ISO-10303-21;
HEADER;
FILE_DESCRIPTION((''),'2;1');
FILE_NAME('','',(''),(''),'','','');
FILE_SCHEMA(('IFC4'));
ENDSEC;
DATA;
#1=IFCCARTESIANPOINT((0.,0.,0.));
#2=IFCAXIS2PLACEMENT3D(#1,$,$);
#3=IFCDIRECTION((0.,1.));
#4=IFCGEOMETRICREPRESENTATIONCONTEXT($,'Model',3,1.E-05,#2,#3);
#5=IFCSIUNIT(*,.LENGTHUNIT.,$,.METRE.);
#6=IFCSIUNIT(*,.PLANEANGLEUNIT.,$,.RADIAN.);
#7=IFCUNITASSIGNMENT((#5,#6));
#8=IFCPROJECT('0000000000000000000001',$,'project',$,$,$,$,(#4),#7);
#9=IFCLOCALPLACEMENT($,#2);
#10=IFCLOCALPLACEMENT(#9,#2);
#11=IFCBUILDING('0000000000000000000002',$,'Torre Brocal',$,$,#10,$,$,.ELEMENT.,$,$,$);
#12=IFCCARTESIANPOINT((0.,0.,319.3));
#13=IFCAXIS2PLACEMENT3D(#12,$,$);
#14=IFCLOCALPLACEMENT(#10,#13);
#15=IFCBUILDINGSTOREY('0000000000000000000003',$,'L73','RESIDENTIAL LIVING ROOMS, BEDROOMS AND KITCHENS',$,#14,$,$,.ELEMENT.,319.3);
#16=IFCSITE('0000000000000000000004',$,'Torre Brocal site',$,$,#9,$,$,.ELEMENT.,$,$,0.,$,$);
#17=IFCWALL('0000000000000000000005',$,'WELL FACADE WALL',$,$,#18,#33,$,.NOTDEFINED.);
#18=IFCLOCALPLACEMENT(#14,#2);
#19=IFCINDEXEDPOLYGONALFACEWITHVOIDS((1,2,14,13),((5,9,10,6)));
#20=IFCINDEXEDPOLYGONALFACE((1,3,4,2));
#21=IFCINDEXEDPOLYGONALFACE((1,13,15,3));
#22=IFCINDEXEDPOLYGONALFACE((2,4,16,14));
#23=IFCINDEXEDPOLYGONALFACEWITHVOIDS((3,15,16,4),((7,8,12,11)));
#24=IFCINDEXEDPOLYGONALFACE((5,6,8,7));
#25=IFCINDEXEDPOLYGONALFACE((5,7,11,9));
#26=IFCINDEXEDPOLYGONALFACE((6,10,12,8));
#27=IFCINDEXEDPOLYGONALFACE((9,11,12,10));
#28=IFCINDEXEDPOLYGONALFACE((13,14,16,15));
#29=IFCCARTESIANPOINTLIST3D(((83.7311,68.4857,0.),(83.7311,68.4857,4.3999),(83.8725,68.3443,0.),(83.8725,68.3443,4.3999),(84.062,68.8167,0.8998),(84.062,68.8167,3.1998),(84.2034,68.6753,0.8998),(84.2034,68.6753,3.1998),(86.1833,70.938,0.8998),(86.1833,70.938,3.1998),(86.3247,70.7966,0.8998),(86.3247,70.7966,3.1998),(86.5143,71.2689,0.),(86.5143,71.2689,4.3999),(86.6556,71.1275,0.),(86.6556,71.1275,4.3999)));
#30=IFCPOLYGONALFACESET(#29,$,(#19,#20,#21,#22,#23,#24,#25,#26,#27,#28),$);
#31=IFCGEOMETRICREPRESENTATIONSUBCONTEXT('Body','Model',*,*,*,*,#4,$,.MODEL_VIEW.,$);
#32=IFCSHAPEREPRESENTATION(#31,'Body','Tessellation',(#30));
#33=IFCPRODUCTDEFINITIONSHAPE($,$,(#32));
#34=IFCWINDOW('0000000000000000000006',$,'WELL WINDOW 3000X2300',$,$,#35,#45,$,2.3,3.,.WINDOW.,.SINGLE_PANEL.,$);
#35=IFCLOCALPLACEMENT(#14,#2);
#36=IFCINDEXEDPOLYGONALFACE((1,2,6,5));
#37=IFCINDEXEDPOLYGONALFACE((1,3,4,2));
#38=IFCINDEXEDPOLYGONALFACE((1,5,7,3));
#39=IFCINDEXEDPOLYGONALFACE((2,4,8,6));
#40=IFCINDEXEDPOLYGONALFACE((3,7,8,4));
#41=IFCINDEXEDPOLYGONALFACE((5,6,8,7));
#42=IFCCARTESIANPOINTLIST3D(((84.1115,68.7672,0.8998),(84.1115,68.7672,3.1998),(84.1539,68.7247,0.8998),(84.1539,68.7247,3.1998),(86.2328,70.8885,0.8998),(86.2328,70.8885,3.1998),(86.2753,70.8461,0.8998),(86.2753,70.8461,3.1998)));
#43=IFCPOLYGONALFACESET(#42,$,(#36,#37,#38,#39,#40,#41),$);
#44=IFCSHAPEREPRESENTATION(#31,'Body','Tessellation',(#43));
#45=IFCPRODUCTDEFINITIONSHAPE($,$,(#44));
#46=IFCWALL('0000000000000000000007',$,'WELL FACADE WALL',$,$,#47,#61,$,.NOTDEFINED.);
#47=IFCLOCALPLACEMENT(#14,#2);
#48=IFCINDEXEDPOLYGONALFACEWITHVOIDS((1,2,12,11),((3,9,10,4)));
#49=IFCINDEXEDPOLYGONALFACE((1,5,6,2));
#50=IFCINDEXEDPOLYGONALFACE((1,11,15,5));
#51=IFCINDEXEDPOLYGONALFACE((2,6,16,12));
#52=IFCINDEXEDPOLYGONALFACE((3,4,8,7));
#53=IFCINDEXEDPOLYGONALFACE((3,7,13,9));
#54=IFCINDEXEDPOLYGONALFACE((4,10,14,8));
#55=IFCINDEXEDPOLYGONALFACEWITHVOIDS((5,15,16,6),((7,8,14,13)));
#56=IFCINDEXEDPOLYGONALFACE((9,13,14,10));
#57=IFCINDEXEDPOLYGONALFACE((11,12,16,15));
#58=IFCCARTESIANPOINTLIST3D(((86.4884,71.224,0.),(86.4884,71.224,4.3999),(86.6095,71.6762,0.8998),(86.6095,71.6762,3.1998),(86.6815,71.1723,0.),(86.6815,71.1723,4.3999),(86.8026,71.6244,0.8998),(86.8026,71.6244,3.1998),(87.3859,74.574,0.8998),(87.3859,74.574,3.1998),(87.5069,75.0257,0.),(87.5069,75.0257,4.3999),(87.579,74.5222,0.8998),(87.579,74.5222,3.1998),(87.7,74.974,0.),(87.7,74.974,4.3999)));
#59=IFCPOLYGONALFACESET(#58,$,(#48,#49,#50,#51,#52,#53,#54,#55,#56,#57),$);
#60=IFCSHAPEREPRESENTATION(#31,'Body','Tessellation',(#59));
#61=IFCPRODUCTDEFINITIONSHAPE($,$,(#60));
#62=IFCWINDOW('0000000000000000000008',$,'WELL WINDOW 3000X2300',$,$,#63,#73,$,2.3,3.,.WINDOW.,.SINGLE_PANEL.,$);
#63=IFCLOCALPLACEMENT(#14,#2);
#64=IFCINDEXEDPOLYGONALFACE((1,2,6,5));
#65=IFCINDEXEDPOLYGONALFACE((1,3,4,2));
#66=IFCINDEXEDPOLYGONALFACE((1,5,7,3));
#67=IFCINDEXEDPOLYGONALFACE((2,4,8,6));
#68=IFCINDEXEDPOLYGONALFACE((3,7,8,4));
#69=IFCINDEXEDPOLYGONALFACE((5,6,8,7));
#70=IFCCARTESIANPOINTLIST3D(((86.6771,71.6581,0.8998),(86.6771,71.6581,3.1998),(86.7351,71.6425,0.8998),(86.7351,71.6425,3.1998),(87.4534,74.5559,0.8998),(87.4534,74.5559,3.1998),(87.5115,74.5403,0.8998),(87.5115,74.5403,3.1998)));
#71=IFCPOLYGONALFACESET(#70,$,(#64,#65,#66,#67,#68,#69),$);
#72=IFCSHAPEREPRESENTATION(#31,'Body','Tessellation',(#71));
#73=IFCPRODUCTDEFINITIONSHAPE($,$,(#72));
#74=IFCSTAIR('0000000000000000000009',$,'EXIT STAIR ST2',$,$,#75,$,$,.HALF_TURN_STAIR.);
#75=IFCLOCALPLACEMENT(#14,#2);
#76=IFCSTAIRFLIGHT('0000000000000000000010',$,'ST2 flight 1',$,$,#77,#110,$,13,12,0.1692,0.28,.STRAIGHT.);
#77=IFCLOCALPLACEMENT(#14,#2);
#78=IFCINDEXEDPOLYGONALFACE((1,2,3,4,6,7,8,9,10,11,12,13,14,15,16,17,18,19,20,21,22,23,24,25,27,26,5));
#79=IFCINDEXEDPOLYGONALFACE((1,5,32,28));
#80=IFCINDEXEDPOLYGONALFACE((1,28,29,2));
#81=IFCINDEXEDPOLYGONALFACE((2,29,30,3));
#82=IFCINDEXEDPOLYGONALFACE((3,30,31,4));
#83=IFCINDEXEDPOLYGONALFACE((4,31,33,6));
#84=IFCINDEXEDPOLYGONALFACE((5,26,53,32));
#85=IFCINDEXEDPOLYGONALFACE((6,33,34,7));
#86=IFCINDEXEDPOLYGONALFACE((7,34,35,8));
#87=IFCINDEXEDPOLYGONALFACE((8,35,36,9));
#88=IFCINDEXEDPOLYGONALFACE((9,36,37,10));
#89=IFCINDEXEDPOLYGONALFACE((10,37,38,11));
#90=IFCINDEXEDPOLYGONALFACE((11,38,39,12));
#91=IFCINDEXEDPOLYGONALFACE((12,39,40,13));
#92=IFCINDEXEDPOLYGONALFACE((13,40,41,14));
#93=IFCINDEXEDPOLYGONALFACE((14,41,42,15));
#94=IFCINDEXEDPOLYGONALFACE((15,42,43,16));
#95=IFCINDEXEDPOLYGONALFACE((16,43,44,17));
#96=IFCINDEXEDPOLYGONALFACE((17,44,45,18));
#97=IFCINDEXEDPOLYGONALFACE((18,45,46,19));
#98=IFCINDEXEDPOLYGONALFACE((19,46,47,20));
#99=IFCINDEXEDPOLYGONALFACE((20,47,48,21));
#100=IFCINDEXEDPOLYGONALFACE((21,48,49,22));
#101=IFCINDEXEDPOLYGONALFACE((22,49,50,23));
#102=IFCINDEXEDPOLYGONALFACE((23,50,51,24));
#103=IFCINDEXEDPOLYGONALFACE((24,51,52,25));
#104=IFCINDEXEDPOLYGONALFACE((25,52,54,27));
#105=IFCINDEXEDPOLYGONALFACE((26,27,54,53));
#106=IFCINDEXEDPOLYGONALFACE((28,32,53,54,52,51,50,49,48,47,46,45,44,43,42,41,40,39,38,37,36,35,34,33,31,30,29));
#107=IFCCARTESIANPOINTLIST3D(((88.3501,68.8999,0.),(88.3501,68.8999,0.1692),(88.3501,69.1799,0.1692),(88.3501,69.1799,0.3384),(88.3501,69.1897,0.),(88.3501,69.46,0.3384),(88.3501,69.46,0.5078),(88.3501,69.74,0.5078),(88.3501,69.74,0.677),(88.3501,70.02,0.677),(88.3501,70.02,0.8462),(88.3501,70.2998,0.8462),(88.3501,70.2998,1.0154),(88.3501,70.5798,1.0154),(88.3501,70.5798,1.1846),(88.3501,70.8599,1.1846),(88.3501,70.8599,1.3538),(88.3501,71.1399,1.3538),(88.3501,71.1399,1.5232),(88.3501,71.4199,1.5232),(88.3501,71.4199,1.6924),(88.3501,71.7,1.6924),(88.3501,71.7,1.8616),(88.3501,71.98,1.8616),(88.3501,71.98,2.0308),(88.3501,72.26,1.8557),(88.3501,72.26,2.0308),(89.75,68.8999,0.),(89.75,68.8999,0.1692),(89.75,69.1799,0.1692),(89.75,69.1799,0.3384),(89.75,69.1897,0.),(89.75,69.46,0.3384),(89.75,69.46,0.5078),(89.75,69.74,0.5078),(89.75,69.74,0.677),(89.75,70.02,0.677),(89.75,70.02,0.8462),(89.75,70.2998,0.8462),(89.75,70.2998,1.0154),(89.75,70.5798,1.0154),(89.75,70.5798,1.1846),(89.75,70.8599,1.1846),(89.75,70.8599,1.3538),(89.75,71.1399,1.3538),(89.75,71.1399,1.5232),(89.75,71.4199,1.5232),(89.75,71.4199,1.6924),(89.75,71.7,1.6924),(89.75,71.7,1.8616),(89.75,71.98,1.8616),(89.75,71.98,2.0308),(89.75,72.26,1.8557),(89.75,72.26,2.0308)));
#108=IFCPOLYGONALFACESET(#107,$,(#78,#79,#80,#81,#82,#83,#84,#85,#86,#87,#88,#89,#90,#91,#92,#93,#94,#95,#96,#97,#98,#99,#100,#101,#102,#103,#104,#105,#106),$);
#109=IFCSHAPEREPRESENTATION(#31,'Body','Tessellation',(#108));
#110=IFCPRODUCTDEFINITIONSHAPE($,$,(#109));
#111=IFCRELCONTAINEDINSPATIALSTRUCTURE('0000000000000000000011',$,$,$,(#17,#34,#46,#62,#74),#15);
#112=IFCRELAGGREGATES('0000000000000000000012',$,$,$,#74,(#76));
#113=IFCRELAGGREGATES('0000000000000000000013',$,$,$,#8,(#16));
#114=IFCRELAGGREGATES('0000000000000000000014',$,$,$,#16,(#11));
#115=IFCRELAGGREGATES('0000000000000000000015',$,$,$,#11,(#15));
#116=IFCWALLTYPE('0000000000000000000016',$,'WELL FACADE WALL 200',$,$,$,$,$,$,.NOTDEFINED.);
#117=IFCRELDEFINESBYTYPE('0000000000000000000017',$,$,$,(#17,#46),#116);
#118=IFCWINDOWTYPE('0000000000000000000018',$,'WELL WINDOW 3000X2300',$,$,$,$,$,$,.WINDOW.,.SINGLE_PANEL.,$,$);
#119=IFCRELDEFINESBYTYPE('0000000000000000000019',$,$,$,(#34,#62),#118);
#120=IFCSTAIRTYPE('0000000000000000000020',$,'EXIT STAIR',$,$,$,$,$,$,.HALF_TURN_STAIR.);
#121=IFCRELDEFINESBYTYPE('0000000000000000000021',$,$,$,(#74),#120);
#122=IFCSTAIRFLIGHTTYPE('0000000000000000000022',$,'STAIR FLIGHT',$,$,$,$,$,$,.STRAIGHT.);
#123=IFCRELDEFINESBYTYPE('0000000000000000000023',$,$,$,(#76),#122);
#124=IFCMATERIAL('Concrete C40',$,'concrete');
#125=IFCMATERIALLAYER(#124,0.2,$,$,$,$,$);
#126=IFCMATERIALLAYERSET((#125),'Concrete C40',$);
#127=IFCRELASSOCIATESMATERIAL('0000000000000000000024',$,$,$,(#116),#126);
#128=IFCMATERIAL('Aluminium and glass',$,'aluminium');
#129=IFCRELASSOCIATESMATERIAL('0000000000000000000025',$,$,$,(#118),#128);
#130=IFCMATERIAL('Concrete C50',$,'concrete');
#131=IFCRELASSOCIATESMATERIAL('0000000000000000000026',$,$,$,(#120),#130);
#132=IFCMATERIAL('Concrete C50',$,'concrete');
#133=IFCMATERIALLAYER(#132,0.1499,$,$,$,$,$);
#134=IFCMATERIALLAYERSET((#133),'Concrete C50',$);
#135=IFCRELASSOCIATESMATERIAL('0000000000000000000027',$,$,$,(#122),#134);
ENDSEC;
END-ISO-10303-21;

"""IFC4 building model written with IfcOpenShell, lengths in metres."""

from ifc_helpers import new_model, si_unit, direction, frame, frame_2d, origin, place, context, subcontext, project, spatial, polyline, rectangle, outline, extrude, material, layer, layer_set, type_object, element, fill, aggregate, save


model = new_model("IFC4")

# Units and contexts
model_context = context("Model", 3, precision=1e-05, world=origin(), true_north=direction((0.0, 1.0)))
body_context = subcontext(model_context, "Body", "Model", "MODEL_VIEW")
ifc_project = project(units=[si_unit("LENGTHUNIT", "METRE"), si_unit("PLANEANGLEUNIT", "RADIAN")], contexts=[model_context])

# Site, building, storey
site_placement = place(None, origin())
site = spatial("IfcSite", under=ifc_project, at=site_placement, Name="Torre Brocal site", CompositionType="ELEMENT", RefElevation=0.0)
building_placement = place(site_placement, origin())
building = spatial("IfcBuilding", under=site, at=building_placement, Name="Torre Brocal", CompositionType="ELEMENT")
storey_placement = place(building_placement, frame((0.0, 0.0, 319.3)))
storey = spatial("IfcBuildingStorey", under=building, at=storey_placement, Name="L73", Description="RESIDENTIAL LIVING ROOMS, BEDROOMS AND KITCHENS", CompositionType="ELEMENT", Elevation=319.3)

# Walls, openings, windows
ifc_material_1 = material(Name="Concrete C40", Category="concrete")
ifc_layer_1 = layer(ifc_material_1, 0.2)
ifc_layer_set_1 = layer_set([ifc_layer_1], Name="Concrete C40")
wall_type_1 = type_object("IfcWallType", Name="WELL FACADE WALL 200", PredefinedType="NOTDEFINED", material=ifc_layer_set_1)
ifc_material_2 = material(Name="Aluminium and glass", Category="aluminium")
window_type = type_object("IfcWindowType", Name="WELL WINDOW 3000X2300", PartitioningType="SINGLE_PANEL", PredefinedType="WINDOW", material=ifc_material_2)
wall_1_placement = place(storey_placement, frame((83.8018, 68.415, 0.0), z_axis=(0.0, 0.0, 1.0), x_axis=(0.707107, 0.707107, 0.0)))
wall_1 = element("IfcWall", 1, at=wall_1_placement, inside=storey, type_object=wall_type_1, Name="WELL FACADE WALL", PredefinedType="NOTDEFINED", context=body_context, shape_type="SweptSolid", body=[
    extrude(rectangle(XDim=3.936, YDim=0.2, at=frame_2d((1.968, 0.0))), origin(), (0.0, 0.0, 1.0), 4.3999),
])
opening_1_placement = place(wall_1_placement, frame((0.468, 0.0, 0.8999)))
opening_1 = element("IfcOpeningElement", 2, at=opening_1_placement, cuts=wall_1, PredefinedType="OPENING", context=body_context, shape_type="SweptSolid", body=[
    extrude(rectangle(XDim=3.0, YDim=2.3, at=frame_2d((1.5, 1.1499))), frame((0.0, 0.1099, 0.0), z_axis=(0.0, -1.0, 0.0), x_axis=(1.0, 0.0, 0.0)), (0.0, 0.0, 1.0), 0.22),
])
window_1_placement = place(opening_1_placement, origin())
window_1 = element("IfcWindow", 3, at=window_1_placement, inside=storey, type_object=window_type, Name="WELL WINDOW 3000X2300", OverallHeight=2.3, OverallWidth=3.0, PartitioningType="SINGLE_PANEL", PredefinedType="WINDOW", context=body_context, shape_type="SweptSolid", body=[
    extrude(rectangle(XDim=3.0, YDim=2.3, at=frame_2d((1.5, 1.1499))), frame((0.0, 0.03, 0.0), z_axis=(0.0, -1.0, 0.0), x_axis=(1.0, 0.0, 0.0)), (0.0, 0.0, 1.0), 0.0601),
])
fill(opening_1, window_1)
wall_2_placement = place(storey_placement, frame((86.585, 71.1982, 0.0), z_axis=(0.0, 0.0, 1.0), x_axis=(0.25879, 0.965934, 0.0)))
wall_2 = element("IfcWall", 4, at=wall_2_placement, inside=storey, type_object=wall_type_1, Name="WELL FACADE WALL", PredefinedType="NOTDEFINED", context=body_context, shape_type="SweptSolid", body=[
    extrude(rectangle(XDim=3.9358, YDim=0.2, at=frame_2d((1.9678, 0.0))), origin(), (0.0, 0.0, 1.0), 4.3999),
])
opening_2_placement = place(wall_2_placement, frame((0.468, 0.0, 0.8999)))
opening_2 = element("IfcOpeningElement", 5, at=opening_2_placement, cuts=wall_2, PredefinedType="OPENING", context=body_context, shape_type="SweptSolid", body=[
    extrude(rectangle(XDim=3.0, YDim=2.3, at=frame_2d((1.5, 1.1499))), frame((0.0, 0.1099, 0.0), z_axis=(0.0, -1.0, 0.0), x_axis=(1.0, 0.0, 0.0)), (0.0, 0.0, 1.0), 0.22),
])
window_2_placement = place(opening_2_placement, origin())
window_2 = element("IfcWindow", 6, at=window_2_placement, inside=storey, type_object=window_type, Name="WELL WINDOW 3000X2300", OverallHeight=2.3, OverallWidth=3.0, PartitioningType="SINGLE_PANEL", PredefinedType="WINDOW", context=body_context, shape_type="SweptSolid", body=[
    extrude(rectangle(XDim=3.0, YDim=2.3, at=frame_2d((1.5, 1.1499))), frame((0.0, 0.03, 0.0), z_axis=(0.0, -1.0, 0.0), x_axis=(1.0, 0.0, 0.0)), (0.0, 0.0, 1.0), 0.0601),
])
fill(opening_2, window_2)

# Stair, stair flight
ifc_material_3 = material(Name="Concrete C50", Category="concrete")
stair_type = type_object("IfcStairType", Name="EXIT STAIR", PredefinedType="HALF_TURN_STAIR", material=ifc_material_3)
stair_placement = place(storey_placement, origin())
stair = element("IfcStair", 7, at=stair_placement, inside=storey, type_object=stair_type, Name="EXIT STAIR ST2", PredefinedType="HALF_TURN_STAIR")
ifc_material_4 = material(Name="Concrete C50", Category="concrete")
ifc_layer_2 = layer(ifc_material_4, 0.1499)
ifc_layer_set_2 = layer_set([ifc_layer_2], Name="Concrete C50")
stair_flight_type = type_object("IfcStairFlightType", Name="STAIR FLIGHT", PredefinedType="STRAIGHT", material=ifc_layer_set_2)
stair_flight_placement = place(storey_placement, frame((89.05, 68.8999, 0.0), z_axis=(0.0, 0.0, 1.0), x_axis=(0.0, 1.0, 0.0)))
stair_flight = element("IfcStairFlight", 8, at=stair_flight_placement, type_object=stair_flight_type, Name="ST2 flight 1", NumberOfRisers=13, NumberOfTreads=12, PredefinedType="STRAIGHT", RiserHeight=0.1692, TreadLength=0.28, context=body_context, shape_type="SweptSolid", body=[
    extrude(outline(polyline([(0.0, 0.0), (0.0, 0.1692), (0.28, 0.1692), (0.28, 0.3384), (0.5601, 0.3384), (0.5601, 0.5078), (0.8401, 0.5078), (0.8401, 0.677), (1.1201, 0.677), (1.1201, 0.8462), (1.3999, 0.8462), (1.3999, 1.0154), (1.6799, 1.0154), (1.6799, 1.1846), (1.96, 1.1846), (1.96, 1.3538), (2.24, 1.3538), (2.24, 1.5232), (2.52, 1.5232), (2.52, 1.6924), (2.8, 1.6924), (2.8, 1.8616), (3.0801, 1.8616), (3.0801, 2.0308), (3.3601, 2.0308), (3.3601, 2.2), (3.3601, 1.8557), (0.2898, 0.0), (0.0, 0.0)])), frame((0.0, 0.7, 0.0), z_axis=(0.0, -1.0, 0.0), x_axis=(1.0, 0.0, 0.0)), (0.0, 0.0, 1.0), 1.3999),
])
aggregate(stair, [stair_flight])

save(model, "model.ifc")
